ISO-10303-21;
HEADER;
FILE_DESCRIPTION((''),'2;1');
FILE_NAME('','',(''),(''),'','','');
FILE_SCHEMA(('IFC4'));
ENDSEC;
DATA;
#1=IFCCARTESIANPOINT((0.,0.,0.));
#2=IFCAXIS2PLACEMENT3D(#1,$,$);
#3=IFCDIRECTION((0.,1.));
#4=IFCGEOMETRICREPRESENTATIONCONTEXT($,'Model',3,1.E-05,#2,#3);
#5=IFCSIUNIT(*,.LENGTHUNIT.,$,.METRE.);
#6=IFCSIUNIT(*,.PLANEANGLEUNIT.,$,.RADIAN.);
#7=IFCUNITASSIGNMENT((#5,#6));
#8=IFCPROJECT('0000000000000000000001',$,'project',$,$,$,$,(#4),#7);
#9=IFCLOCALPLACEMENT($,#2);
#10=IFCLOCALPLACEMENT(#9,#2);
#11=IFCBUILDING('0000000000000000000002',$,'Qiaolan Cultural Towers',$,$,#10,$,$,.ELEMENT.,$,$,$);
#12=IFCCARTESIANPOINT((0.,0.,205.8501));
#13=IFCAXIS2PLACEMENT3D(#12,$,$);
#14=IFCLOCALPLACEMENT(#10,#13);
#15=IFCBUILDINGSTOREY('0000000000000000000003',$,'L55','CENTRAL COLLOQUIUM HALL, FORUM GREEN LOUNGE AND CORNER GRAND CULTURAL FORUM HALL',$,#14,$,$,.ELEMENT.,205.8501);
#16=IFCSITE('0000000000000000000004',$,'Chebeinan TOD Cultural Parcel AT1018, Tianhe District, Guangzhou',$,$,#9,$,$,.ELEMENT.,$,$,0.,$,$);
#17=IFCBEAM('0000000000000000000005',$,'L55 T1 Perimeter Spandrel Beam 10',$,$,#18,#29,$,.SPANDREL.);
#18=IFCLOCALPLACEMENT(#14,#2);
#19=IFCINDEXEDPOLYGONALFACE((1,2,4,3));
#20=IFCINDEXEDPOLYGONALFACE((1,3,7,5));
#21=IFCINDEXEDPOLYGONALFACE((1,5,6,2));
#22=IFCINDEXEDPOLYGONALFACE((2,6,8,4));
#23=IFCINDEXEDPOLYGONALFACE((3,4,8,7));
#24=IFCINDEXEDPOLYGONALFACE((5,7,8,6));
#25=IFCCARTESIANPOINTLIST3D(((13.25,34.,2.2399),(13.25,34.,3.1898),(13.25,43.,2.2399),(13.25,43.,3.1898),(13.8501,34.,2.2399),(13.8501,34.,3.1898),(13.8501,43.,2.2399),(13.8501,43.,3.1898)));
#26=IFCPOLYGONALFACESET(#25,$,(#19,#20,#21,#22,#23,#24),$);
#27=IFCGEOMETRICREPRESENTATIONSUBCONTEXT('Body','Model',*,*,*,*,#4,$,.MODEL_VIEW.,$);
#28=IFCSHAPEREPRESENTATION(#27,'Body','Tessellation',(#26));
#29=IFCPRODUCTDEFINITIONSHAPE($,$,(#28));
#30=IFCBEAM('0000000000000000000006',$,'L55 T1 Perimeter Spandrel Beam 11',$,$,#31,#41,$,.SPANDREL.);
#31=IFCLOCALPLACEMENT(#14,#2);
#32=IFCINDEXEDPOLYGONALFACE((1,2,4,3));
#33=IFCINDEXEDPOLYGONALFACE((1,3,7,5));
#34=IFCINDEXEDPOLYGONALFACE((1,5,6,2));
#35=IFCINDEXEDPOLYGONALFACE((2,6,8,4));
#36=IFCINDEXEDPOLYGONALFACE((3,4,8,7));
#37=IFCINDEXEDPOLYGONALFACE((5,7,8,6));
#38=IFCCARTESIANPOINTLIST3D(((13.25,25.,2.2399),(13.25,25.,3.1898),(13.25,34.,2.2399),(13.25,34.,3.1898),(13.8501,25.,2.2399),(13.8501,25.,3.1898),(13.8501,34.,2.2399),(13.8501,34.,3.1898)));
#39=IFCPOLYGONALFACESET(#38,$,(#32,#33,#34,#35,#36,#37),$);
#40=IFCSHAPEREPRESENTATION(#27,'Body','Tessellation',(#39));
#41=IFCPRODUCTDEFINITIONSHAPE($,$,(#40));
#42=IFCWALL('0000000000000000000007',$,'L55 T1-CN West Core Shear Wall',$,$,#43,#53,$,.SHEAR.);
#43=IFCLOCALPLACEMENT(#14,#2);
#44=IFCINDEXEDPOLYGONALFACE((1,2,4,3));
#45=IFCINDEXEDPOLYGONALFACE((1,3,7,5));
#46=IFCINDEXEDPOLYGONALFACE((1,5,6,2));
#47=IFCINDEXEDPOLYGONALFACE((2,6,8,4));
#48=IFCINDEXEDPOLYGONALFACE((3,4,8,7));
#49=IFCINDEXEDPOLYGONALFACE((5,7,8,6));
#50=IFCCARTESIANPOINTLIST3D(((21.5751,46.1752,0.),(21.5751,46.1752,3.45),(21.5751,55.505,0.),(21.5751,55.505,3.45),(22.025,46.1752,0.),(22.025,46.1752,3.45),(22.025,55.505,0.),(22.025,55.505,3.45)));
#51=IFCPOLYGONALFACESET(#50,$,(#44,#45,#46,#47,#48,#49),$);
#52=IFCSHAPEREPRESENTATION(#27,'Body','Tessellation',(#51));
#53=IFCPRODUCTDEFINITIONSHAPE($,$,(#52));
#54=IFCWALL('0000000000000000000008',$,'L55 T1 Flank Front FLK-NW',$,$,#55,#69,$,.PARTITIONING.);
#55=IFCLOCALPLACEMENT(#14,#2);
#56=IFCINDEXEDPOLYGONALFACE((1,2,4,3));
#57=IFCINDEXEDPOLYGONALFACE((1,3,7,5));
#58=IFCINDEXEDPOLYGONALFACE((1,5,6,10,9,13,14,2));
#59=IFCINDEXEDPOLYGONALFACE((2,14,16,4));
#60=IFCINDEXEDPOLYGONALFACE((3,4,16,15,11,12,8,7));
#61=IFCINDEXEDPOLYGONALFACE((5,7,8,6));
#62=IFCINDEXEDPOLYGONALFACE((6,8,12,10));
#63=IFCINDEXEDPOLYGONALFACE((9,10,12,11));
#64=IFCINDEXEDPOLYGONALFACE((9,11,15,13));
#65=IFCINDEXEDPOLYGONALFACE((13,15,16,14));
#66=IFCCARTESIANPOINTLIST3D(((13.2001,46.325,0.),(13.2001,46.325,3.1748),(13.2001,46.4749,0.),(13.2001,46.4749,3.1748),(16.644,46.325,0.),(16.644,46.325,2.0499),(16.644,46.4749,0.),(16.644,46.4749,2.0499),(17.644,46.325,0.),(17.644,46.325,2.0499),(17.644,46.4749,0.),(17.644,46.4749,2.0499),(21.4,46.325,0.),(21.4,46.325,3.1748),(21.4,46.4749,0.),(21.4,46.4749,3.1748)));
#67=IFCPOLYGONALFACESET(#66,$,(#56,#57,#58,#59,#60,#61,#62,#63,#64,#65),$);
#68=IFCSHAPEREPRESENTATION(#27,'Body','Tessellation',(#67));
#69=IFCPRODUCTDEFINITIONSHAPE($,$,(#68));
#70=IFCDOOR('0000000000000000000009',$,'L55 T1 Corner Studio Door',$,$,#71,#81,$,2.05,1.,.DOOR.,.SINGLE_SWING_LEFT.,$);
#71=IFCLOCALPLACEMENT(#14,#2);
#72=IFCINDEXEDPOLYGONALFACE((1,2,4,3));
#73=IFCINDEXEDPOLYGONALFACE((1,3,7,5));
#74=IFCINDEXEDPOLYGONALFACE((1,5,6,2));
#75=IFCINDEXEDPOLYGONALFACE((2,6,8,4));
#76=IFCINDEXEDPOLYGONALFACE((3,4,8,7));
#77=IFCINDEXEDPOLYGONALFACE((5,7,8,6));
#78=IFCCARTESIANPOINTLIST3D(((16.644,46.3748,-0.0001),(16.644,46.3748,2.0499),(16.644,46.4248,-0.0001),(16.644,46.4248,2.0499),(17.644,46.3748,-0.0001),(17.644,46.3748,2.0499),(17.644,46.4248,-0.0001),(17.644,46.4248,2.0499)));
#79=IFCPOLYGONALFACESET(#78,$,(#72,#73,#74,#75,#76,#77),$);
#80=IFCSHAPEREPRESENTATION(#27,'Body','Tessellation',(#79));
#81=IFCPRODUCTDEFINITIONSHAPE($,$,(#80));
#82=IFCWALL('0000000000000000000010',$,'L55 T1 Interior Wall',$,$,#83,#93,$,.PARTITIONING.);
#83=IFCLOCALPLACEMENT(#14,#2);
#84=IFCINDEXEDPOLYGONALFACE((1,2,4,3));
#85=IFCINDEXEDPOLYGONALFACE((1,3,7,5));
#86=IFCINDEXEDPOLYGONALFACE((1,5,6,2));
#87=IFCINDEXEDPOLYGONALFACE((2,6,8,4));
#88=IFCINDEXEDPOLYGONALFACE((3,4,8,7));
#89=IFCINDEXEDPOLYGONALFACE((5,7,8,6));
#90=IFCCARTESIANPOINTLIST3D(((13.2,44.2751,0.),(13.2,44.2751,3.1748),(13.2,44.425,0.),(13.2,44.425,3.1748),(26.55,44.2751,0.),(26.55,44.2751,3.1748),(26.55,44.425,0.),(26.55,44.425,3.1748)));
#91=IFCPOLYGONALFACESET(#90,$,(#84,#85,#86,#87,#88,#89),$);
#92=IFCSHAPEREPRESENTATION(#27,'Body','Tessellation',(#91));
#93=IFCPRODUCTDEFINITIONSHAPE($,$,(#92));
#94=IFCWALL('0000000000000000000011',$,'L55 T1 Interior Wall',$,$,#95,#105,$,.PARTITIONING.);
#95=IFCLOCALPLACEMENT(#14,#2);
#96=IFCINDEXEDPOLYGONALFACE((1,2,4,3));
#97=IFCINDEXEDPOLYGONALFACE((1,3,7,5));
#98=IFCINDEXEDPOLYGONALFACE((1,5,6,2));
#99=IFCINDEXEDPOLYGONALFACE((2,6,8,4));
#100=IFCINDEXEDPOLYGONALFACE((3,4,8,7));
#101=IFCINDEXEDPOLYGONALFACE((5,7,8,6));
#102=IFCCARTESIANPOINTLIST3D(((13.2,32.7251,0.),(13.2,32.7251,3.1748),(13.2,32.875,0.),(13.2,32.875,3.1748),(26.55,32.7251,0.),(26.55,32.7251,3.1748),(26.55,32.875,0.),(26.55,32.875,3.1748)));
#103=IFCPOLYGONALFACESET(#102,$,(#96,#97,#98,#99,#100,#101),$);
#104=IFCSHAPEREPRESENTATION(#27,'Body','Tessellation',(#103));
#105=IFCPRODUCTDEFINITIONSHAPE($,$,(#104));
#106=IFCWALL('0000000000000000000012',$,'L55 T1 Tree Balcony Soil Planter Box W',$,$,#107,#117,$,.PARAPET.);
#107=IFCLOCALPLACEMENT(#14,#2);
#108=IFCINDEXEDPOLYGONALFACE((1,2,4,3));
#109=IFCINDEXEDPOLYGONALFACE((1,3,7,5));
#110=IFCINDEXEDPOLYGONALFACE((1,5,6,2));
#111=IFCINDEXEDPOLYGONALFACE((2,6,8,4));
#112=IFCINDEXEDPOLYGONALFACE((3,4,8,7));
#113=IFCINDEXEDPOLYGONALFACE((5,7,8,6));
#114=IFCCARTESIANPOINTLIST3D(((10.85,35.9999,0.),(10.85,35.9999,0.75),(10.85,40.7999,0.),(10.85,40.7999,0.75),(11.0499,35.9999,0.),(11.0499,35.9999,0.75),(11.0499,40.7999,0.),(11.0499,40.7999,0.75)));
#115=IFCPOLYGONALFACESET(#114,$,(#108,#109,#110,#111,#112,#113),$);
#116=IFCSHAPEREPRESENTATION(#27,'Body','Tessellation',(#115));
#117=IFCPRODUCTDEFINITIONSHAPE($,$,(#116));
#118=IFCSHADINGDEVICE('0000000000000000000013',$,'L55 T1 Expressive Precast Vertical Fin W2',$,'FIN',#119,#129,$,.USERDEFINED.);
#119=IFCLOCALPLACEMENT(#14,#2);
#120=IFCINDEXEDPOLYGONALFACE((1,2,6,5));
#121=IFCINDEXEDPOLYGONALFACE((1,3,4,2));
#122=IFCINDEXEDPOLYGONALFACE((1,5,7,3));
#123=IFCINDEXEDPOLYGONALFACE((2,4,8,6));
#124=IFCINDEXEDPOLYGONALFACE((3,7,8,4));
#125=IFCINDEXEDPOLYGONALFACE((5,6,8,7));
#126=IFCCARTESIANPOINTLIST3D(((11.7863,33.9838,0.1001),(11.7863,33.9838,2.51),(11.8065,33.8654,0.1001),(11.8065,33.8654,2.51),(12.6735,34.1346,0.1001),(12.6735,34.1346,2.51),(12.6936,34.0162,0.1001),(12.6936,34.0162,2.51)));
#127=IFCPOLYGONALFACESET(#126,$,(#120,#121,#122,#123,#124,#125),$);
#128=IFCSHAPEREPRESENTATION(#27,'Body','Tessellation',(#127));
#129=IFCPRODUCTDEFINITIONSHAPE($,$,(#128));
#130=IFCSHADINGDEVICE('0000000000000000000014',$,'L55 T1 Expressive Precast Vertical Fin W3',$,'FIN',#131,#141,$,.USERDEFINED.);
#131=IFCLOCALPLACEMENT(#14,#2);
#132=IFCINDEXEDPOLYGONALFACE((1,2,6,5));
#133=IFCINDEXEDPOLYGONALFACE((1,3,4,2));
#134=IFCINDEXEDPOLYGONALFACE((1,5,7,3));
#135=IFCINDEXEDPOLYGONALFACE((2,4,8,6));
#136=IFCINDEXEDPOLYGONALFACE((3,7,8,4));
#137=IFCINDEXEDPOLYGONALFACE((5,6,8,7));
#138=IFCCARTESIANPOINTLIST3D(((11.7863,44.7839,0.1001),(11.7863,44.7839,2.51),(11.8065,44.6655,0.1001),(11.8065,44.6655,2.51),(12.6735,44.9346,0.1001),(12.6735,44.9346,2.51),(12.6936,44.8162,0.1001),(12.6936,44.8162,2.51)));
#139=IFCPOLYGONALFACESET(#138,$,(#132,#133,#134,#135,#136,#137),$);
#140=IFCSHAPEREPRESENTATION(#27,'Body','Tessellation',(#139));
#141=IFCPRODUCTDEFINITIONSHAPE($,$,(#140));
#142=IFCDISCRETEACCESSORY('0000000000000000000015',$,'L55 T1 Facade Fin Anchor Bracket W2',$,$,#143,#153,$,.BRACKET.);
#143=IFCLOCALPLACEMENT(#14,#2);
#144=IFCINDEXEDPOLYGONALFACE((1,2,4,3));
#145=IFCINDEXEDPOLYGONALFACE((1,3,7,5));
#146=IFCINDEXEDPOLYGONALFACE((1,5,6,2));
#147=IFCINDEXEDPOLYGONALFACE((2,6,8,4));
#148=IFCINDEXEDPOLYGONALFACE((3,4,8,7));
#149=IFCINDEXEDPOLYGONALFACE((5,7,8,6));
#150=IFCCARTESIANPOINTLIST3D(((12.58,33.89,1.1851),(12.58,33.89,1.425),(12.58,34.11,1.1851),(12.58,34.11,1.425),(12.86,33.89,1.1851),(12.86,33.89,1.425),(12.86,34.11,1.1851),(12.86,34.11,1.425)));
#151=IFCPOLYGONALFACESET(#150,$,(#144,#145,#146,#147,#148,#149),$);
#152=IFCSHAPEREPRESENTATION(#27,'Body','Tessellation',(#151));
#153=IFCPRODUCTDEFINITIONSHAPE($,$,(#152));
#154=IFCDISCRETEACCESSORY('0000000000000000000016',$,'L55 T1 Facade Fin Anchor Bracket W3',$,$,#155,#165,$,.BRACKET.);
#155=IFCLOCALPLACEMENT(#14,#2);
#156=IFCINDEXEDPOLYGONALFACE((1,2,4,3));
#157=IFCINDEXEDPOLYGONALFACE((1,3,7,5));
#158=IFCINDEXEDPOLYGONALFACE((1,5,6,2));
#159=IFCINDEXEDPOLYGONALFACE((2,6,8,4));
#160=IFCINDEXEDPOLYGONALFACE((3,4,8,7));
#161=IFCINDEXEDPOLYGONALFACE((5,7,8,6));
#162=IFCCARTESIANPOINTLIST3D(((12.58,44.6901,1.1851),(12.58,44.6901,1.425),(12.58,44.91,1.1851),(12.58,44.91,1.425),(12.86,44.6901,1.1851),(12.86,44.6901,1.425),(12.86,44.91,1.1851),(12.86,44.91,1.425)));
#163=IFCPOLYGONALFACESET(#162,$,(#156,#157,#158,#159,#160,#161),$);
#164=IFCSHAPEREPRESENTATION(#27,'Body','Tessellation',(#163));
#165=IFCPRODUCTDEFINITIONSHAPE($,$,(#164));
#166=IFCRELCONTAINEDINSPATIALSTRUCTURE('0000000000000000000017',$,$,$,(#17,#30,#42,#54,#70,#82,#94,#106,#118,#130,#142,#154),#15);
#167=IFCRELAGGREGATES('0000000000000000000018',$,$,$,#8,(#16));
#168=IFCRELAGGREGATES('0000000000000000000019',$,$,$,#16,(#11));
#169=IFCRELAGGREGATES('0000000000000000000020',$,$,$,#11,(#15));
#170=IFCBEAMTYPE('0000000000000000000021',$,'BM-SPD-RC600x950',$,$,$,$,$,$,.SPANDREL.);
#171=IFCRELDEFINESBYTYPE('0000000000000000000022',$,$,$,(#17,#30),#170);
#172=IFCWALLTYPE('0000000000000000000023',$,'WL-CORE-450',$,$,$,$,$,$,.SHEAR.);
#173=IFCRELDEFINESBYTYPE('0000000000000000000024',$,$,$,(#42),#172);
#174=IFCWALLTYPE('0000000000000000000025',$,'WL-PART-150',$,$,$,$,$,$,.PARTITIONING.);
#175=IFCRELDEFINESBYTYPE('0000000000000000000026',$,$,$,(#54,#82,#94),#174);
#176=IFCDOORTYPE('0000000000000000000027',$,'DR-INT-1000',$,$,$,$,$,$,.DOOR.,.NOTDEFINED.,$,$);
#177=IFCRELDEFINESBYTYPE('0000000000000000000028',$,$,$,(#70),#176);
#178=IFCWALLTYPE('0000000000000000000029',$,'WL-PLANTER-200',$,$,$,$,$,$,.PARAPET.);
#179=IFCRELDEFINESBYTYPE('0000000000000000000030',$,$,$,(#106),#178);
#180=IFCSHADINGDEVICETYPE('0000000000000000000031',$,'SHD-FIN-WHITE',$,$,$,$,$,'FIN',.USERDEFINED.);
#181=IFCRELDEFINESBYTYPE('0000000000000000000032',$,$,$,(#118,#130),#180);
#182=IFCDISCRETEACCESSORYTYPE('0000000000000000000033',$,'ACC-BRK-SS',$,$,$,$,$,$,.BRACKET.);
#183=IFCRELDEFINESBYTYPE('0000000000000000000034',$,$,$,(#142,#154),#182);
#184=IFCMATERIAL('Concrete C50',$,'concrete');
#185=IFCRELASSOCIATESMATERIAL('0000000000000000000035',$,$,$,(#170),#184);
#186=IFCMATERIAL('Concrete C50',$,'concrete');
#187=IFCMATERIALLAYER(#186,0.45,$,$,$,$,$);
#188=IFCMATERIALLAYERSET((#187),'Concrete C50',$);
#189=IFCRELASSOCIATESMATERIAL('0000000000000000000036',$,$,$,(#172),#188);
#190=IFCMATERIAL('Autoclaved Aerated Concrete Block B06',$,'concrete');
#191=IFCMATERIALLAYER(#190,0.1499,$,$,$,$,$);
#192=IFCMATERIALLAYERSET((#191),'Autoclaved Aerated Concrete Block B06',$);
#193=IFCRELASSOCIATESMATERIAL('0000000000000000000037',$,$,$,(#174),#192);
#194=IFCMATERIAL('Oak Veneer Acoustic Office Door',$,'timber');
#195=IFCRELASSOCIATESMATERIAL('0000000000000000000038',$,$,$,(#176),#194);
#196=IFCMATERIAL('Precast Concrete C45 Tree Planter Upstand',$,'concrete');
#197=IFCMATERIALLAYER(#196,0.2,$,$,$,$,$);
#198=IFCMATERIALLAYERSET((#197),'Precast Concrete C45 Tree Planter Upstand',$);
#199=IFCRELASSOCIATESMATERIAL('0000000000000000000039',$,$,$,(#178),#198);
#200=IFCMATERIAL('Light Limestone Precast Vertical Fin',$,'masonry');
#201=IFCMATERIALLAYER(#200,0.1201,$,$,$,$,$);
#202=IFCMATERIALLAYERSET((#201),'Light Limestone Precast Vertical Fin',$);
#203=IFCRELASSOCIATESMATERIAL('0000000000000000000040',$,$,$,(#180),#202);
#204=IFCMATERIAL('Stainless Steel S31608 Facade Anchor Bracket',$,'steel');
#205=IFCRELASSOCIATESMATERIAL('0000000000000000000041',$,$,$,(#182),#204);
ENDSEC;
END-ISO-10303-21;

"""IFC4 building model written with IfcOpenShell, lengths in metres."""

from ifc_helpers import new_model, si_unit, direction, frame, frame_2d, origin, origin_2d, place, context, subcontext, project, spatial, rectangle, extrude, material, layer, layer_set, material_profile, profile_set, type_object, element, fill, save


model = new_model("IFC4")

# Units and contexts
model_context = context("Model", 3, precision=1e-05, world=origin(), true_north=direction((0.0, 1.0)))
body_context = subcontext(model_context, "Body", "Model", "MODEL_VIEW")
ifc_project = project(units=[si_unit("LENGTHUNIT", "METRE"), si_unit("PLANEANGLEUNIT", "RADIAN")], contexts=[model_context])

# Site, building, storey
site_placement = place(None, origin())
site = spatial("IfcSite", under=ifc_project, at=site_placement, Name="Chebeinan TOD Cultural Parcel AT1018, Tianhe District, Guangzhou", CompositionType="ELEMENT", RefElevation=0.0)
building_placement = place(site_placement, origin())
building = spatial("IfcBuilding", under=site, at=building_placement, Name="Qiaolan Cultural Towers", CompositionType="ELEMENT")
storey_placement = place(building_placement, frame((0.0, 0.0, 205.8501)))
storey = spatial("IfcBuildingStorey", under=building, at=storey_placement, Name="L55", Description="CENTRAL COLLOQUIUM HALL, FORUM GREEN LOUNGE AND CORNER GRAND CULTURAL FORUM HALL", CompositionType="ELEMENT", Elevation=205.8501)

# Beams
ifc_material_1 = material(Name="Concrete C50", Category="concrete")
ifc_material_profile_1 = material_profile(ifc_material_1, rectangle(XDim=0.6001, YDim=0.95, at=origin_2d()), Name="RC600x950")
ifc_profile_set_1 = profile_set([ifc_material_profile_1], Name="Concrete C50")
beam_type_1 = type_object("IfcBeamType", Name="BM-SPD-RC600x950", PredefinedType="SPANDREL", material=ifc_profile_set_1)
for number, where, z_axis, x_axis, name in (
    (1, (13.55, 43.0, 2.7148), (0.0, -1.0, 0.0), (1.0, 0.0, 0.0), "L55 T1 Perimeter Spandrel Beam 10"),
    (2, (13.55, 34.0, 2.7148), (0.0, -1.0, 0.0), (1.0, 0.0, 0.0), "L55 T1 Perimeter Spandrel Beam 11"),
):
    element("IfcBeam", number, at=place(storey_placement, frame(where, z_axis=z_axis, x_axis=x_axis)), inside=storey, type_object=beam_type_1, Name=name, PredefinedType="SPANDREL", context=body_context, shape_type="SweptSolid", body=[
        extrude(rectangle(XDim=0.6001, YDim=0.95, at=origin_2d()), origin(), (0.0, 0.0, 1.0), 9.0),
    ])

# Wall
ifc_material_2 = material(Name="Concrete C50", Category="concrete")
ifc_layer_1 = layer(ifc_material_2, 0.45)
ifc_layer_set_1 = layer_set([ifc_layer_1], Name="Concrete C50")
wall_type_1 = type_object("IfcWallType", Name="WL-CORE-450", PredefinedType="SHEAR", material=ifc_layer_set_1)
wall_1_placement = place(storey_placement, frame((21.8, 46.175, 0.0), z_axis=(0.0, 0.0, 1.0), x_axis=(0.0, 1.0, 0.0)))
element("IfcWall", 3, at=wall_1_placement, inside=storey, type_object=wall_type_1, Name="L55 T1-CN West Core Shear Wall", PredefinedType="SHEAR", context=body_context, shape_type="SweptSolid", body=[
    extrude(rectangle(XDim=9.3298, YDim=0.45, at=frame_2d((4.665, 0.0))), origin(), (0.0, 0.0, 1.0), 3.45),
])

# Wall, opening, door
ifc_material_3 = material(Name="Autoclaved Aerated Concrete Block B06", Category="concrete")
ifc_layer_2 = layer(ifc_material_3, 0.1499)
ifc_layer_set_2 = layer_set([ifc_layer_2], Name="Autoclaved Aerated Concrete Block B06")
wall_type_2 = type_object("IfcWallType", Name="WL-PART-150", PredefinedType="PARTITIONING", material=ifc_layer_set_2)
wall_2_placement = place(storey_placement, frame((13.2, 46.3999, 0.0), z_axis=(0.0, 0.0, 1.0), x_axis=(1.0, 0.0, 0.0)))
wall_2 = element("IfcWall", 4, at=wall_2_placement, inside=storey, type_object=wall_type_2, Name="L55 T1 Flank Front FLK-NW", PredefinedType="PARTITIONING", context=body_context, shape_type="SweptSolid", body=[
    extrude(rectangle(XDim=8.2, YDim=0.1499, at=frame_2d((4.1001, 0.0))), origin(), (0.0, 0.0, 1.0), 3.1748),
])
opening_placement = place(wall_2_placement, frame((3.4441, 0.0, 0.0)))
opening = element("IfcOpeningElement", 5, at=opening_placement, cuts=wall_2, PredefinedType="OPENING", context=body_context, shape_type="SweptSolid", body=[
    extrude(rectangle(XDim=1.0, YDim=2.05, at=frame_2d((0.5, 1.0249))), frame((0.0, 0.085, 0.0), z_axis=(0.0, -1.0, 0.0), x_axis=(1.0, 0.0, 0.0)), (0.0, 0.0, 1.0), 0.1699),
])
ifc_material_4 = material(Name="Oak Veneer Acoustic Office Door", Category="timber")
door_type = type_object("IfcDoorType", Name="DR-INT-1000", OperationType="NOTDEFINED", PredefinedType="DOOR", material=ifc_material_4)
door_placement = place(opening_placement, origin())
door = element("IfcDoor", 6, at=door_placement, inside=storey, type_object=door_type, Name="L55 T1 Corner Studio Door", OperationType="SINGLE_SWING_LEFT", OverallHeight=2.05, OverallWidth=1.0, PredefinedType="DOOR", context=body_context, shape_type="SweptSolid", body=[
    extrude(rectangle(XDim=1.0, YDim=2.05, at=frame_2d((0.5, 1.0249))), frame((0.0, 0.0249, 0.0), z_axis=(0.0, -1.0, 0.0), x_axis=(1.0, 0.0, 0.0)), (0.0, 0.0, 1.0), 0.05),
])
fill(opening, door)

# Walls
for number, where, z_axis, x_axis, name in (
    (7, (13.2, 44.3501, 0.0), (0.0, 0.0, 1.0), (1.0, 0.0, 0.0), "L55 T1 Interior Wall"),
    (8, (13.2, 32.8, 0.0), (0.0, 0.0, 1.0), (1.0, 0.0, 0.0), "L55 T1 Interior Wall"),
):
    element("IfcWall", number, at=place(storey_placement, frame(where, z_axis=z_axis, x_axis=x_axis)), inside=storey, type_object=wall_type_2, Name=name, PredefinedType="PARTITIONING", context=body_context, shape_type="SweptSolid", body=[
        extrude(rectangle(XDim=13.3501, YDim=0.1499, at=frame_2d((6.675, 0.0))), origin(), (0.0, 0.0, 1.0), 3.1748),
    ])
ifc_material_5 = material(Name="Precast Concrete C45 Tree Planter Upstand", Category="concrete")
ifc_layer_3 = layer(ifc_material_5, 0.2)
ifc_layer_set_3 = layer_set([ifc_layer_3], Name="Precast Concrete C45 Tree Planter Upstand")
wall_type_3 = type_object("IfcWallType", Name="WL-PLANTER-200", PredefinedType="PARAPET", material=ifc_layer_set_3)
wall_3_placement = place(storey_placement, frame((10.95, 36.0, 0.0), z_axis=(0.0, 0.0, 1.0), x_axis=(0.0, 1.0, 0.0)))
element("IfcWall", 9, at=wall_3_placement, inside=storey, type_object=wall_type_3, Name="L55 T1 Tree Balcony Soil Planter Box W", PredefinedType="PARAPET", context=body_context, shape_type="SweptSolid", body=[
    extrude(rectangle(XDim=4.8, YDim=0.2, at=frame_2d((2.3999, 0.0))), origin(), (0.0, 0.0, 1.0), 0.75),
])

# Shading devices
ifc_material_6 = material(Name="Light Limestone Precast Vertical Fin", Category="masonry")
ifc_layer_4 = layer(ifc_material_6, 0.1201)
ifc_layer_set_4 = layer_set([ifc_layer_4], Name="Light Limestone Precast Vertical Fin")
shading_device_type = type_object("IfcShadingDeviceType", Name="SHD-FIN-WHITE", ElementType="FIN", PredefinedType="USERDEFINED", material=ifc_layer_set_4)
for number, where, z_axis, x_axis, name in (
    (10, (12.24, 34.0, 0.1001), (0.0, 0.0, 1.0), (0.985874, 0.167488, 0.0), "L55 T1 Expressive Precast Vertical Fin W2"),
    (11, (12.24, 44.8, 0.1001), (0.0, 0.0, 1.0), (0.985874, 0.167488, 0.0), "L55 T1 Expressive Precast Vertical Fin W3"),
):
    element("IfcShadingDevice", number, at=place(storey_placement, frame(where, z_axis=z_axis, x_axis=x_axis)), inside=storey, type_object=shading_device_type, Name=name, ObjectType="FIN", PredefinedType="USERDEFINED", context=body_context, shape_type="SweptSolid", body=[
        extrude(rectangle(XDim=0.8999, YDim=0.1201, at=origin_2d()), origin(), (0.0, 0.0, 1.0), 2.4099),
    ])

# Discrete accessories
ifc_material_7 = material(Name="Stainless Steel S31608 Facade Anchor Bracket", Category="steel")
discrete_accessory_type = type_object("IfcDiscreteAccessoryType", Name="ACC-BRK-SS", PredefinedType="BRACKET", material=ifc_material_7)
for number, where, z_axis, x_axis, name in (
    (12, (12.72, 34.0, 1.1851), (0.0, 0.0, 1.0), (1.0, 0.0, 0.0), "L55 T1 Facade Fin Anchor Bracket W2"),
    (13, (12.72, 44.8, 1.1851), (0.0, 0.0, 1.0), (1.0, 0.0, 0.0), "L55 T1 Facade Fin Anchor Bracket W3"),
):
    element("IfcDiscreteAccessory", number, at=place(storey_placement, frame(where, z_axis=z_axis, x_axis=x_axis)), inside=storey, type_object=discrete_accessory_type, Name=name, PredefinedType="BRACKET", context=body_context, shape_type="SweptSolid", body=[
        extrude(rectangle(XDim=0.28, YDim=0.22, at=origin_2d()), origin(), (0.0, 0.0, 1.0), 0.24),
    ])

save(model, "model.ifc")
